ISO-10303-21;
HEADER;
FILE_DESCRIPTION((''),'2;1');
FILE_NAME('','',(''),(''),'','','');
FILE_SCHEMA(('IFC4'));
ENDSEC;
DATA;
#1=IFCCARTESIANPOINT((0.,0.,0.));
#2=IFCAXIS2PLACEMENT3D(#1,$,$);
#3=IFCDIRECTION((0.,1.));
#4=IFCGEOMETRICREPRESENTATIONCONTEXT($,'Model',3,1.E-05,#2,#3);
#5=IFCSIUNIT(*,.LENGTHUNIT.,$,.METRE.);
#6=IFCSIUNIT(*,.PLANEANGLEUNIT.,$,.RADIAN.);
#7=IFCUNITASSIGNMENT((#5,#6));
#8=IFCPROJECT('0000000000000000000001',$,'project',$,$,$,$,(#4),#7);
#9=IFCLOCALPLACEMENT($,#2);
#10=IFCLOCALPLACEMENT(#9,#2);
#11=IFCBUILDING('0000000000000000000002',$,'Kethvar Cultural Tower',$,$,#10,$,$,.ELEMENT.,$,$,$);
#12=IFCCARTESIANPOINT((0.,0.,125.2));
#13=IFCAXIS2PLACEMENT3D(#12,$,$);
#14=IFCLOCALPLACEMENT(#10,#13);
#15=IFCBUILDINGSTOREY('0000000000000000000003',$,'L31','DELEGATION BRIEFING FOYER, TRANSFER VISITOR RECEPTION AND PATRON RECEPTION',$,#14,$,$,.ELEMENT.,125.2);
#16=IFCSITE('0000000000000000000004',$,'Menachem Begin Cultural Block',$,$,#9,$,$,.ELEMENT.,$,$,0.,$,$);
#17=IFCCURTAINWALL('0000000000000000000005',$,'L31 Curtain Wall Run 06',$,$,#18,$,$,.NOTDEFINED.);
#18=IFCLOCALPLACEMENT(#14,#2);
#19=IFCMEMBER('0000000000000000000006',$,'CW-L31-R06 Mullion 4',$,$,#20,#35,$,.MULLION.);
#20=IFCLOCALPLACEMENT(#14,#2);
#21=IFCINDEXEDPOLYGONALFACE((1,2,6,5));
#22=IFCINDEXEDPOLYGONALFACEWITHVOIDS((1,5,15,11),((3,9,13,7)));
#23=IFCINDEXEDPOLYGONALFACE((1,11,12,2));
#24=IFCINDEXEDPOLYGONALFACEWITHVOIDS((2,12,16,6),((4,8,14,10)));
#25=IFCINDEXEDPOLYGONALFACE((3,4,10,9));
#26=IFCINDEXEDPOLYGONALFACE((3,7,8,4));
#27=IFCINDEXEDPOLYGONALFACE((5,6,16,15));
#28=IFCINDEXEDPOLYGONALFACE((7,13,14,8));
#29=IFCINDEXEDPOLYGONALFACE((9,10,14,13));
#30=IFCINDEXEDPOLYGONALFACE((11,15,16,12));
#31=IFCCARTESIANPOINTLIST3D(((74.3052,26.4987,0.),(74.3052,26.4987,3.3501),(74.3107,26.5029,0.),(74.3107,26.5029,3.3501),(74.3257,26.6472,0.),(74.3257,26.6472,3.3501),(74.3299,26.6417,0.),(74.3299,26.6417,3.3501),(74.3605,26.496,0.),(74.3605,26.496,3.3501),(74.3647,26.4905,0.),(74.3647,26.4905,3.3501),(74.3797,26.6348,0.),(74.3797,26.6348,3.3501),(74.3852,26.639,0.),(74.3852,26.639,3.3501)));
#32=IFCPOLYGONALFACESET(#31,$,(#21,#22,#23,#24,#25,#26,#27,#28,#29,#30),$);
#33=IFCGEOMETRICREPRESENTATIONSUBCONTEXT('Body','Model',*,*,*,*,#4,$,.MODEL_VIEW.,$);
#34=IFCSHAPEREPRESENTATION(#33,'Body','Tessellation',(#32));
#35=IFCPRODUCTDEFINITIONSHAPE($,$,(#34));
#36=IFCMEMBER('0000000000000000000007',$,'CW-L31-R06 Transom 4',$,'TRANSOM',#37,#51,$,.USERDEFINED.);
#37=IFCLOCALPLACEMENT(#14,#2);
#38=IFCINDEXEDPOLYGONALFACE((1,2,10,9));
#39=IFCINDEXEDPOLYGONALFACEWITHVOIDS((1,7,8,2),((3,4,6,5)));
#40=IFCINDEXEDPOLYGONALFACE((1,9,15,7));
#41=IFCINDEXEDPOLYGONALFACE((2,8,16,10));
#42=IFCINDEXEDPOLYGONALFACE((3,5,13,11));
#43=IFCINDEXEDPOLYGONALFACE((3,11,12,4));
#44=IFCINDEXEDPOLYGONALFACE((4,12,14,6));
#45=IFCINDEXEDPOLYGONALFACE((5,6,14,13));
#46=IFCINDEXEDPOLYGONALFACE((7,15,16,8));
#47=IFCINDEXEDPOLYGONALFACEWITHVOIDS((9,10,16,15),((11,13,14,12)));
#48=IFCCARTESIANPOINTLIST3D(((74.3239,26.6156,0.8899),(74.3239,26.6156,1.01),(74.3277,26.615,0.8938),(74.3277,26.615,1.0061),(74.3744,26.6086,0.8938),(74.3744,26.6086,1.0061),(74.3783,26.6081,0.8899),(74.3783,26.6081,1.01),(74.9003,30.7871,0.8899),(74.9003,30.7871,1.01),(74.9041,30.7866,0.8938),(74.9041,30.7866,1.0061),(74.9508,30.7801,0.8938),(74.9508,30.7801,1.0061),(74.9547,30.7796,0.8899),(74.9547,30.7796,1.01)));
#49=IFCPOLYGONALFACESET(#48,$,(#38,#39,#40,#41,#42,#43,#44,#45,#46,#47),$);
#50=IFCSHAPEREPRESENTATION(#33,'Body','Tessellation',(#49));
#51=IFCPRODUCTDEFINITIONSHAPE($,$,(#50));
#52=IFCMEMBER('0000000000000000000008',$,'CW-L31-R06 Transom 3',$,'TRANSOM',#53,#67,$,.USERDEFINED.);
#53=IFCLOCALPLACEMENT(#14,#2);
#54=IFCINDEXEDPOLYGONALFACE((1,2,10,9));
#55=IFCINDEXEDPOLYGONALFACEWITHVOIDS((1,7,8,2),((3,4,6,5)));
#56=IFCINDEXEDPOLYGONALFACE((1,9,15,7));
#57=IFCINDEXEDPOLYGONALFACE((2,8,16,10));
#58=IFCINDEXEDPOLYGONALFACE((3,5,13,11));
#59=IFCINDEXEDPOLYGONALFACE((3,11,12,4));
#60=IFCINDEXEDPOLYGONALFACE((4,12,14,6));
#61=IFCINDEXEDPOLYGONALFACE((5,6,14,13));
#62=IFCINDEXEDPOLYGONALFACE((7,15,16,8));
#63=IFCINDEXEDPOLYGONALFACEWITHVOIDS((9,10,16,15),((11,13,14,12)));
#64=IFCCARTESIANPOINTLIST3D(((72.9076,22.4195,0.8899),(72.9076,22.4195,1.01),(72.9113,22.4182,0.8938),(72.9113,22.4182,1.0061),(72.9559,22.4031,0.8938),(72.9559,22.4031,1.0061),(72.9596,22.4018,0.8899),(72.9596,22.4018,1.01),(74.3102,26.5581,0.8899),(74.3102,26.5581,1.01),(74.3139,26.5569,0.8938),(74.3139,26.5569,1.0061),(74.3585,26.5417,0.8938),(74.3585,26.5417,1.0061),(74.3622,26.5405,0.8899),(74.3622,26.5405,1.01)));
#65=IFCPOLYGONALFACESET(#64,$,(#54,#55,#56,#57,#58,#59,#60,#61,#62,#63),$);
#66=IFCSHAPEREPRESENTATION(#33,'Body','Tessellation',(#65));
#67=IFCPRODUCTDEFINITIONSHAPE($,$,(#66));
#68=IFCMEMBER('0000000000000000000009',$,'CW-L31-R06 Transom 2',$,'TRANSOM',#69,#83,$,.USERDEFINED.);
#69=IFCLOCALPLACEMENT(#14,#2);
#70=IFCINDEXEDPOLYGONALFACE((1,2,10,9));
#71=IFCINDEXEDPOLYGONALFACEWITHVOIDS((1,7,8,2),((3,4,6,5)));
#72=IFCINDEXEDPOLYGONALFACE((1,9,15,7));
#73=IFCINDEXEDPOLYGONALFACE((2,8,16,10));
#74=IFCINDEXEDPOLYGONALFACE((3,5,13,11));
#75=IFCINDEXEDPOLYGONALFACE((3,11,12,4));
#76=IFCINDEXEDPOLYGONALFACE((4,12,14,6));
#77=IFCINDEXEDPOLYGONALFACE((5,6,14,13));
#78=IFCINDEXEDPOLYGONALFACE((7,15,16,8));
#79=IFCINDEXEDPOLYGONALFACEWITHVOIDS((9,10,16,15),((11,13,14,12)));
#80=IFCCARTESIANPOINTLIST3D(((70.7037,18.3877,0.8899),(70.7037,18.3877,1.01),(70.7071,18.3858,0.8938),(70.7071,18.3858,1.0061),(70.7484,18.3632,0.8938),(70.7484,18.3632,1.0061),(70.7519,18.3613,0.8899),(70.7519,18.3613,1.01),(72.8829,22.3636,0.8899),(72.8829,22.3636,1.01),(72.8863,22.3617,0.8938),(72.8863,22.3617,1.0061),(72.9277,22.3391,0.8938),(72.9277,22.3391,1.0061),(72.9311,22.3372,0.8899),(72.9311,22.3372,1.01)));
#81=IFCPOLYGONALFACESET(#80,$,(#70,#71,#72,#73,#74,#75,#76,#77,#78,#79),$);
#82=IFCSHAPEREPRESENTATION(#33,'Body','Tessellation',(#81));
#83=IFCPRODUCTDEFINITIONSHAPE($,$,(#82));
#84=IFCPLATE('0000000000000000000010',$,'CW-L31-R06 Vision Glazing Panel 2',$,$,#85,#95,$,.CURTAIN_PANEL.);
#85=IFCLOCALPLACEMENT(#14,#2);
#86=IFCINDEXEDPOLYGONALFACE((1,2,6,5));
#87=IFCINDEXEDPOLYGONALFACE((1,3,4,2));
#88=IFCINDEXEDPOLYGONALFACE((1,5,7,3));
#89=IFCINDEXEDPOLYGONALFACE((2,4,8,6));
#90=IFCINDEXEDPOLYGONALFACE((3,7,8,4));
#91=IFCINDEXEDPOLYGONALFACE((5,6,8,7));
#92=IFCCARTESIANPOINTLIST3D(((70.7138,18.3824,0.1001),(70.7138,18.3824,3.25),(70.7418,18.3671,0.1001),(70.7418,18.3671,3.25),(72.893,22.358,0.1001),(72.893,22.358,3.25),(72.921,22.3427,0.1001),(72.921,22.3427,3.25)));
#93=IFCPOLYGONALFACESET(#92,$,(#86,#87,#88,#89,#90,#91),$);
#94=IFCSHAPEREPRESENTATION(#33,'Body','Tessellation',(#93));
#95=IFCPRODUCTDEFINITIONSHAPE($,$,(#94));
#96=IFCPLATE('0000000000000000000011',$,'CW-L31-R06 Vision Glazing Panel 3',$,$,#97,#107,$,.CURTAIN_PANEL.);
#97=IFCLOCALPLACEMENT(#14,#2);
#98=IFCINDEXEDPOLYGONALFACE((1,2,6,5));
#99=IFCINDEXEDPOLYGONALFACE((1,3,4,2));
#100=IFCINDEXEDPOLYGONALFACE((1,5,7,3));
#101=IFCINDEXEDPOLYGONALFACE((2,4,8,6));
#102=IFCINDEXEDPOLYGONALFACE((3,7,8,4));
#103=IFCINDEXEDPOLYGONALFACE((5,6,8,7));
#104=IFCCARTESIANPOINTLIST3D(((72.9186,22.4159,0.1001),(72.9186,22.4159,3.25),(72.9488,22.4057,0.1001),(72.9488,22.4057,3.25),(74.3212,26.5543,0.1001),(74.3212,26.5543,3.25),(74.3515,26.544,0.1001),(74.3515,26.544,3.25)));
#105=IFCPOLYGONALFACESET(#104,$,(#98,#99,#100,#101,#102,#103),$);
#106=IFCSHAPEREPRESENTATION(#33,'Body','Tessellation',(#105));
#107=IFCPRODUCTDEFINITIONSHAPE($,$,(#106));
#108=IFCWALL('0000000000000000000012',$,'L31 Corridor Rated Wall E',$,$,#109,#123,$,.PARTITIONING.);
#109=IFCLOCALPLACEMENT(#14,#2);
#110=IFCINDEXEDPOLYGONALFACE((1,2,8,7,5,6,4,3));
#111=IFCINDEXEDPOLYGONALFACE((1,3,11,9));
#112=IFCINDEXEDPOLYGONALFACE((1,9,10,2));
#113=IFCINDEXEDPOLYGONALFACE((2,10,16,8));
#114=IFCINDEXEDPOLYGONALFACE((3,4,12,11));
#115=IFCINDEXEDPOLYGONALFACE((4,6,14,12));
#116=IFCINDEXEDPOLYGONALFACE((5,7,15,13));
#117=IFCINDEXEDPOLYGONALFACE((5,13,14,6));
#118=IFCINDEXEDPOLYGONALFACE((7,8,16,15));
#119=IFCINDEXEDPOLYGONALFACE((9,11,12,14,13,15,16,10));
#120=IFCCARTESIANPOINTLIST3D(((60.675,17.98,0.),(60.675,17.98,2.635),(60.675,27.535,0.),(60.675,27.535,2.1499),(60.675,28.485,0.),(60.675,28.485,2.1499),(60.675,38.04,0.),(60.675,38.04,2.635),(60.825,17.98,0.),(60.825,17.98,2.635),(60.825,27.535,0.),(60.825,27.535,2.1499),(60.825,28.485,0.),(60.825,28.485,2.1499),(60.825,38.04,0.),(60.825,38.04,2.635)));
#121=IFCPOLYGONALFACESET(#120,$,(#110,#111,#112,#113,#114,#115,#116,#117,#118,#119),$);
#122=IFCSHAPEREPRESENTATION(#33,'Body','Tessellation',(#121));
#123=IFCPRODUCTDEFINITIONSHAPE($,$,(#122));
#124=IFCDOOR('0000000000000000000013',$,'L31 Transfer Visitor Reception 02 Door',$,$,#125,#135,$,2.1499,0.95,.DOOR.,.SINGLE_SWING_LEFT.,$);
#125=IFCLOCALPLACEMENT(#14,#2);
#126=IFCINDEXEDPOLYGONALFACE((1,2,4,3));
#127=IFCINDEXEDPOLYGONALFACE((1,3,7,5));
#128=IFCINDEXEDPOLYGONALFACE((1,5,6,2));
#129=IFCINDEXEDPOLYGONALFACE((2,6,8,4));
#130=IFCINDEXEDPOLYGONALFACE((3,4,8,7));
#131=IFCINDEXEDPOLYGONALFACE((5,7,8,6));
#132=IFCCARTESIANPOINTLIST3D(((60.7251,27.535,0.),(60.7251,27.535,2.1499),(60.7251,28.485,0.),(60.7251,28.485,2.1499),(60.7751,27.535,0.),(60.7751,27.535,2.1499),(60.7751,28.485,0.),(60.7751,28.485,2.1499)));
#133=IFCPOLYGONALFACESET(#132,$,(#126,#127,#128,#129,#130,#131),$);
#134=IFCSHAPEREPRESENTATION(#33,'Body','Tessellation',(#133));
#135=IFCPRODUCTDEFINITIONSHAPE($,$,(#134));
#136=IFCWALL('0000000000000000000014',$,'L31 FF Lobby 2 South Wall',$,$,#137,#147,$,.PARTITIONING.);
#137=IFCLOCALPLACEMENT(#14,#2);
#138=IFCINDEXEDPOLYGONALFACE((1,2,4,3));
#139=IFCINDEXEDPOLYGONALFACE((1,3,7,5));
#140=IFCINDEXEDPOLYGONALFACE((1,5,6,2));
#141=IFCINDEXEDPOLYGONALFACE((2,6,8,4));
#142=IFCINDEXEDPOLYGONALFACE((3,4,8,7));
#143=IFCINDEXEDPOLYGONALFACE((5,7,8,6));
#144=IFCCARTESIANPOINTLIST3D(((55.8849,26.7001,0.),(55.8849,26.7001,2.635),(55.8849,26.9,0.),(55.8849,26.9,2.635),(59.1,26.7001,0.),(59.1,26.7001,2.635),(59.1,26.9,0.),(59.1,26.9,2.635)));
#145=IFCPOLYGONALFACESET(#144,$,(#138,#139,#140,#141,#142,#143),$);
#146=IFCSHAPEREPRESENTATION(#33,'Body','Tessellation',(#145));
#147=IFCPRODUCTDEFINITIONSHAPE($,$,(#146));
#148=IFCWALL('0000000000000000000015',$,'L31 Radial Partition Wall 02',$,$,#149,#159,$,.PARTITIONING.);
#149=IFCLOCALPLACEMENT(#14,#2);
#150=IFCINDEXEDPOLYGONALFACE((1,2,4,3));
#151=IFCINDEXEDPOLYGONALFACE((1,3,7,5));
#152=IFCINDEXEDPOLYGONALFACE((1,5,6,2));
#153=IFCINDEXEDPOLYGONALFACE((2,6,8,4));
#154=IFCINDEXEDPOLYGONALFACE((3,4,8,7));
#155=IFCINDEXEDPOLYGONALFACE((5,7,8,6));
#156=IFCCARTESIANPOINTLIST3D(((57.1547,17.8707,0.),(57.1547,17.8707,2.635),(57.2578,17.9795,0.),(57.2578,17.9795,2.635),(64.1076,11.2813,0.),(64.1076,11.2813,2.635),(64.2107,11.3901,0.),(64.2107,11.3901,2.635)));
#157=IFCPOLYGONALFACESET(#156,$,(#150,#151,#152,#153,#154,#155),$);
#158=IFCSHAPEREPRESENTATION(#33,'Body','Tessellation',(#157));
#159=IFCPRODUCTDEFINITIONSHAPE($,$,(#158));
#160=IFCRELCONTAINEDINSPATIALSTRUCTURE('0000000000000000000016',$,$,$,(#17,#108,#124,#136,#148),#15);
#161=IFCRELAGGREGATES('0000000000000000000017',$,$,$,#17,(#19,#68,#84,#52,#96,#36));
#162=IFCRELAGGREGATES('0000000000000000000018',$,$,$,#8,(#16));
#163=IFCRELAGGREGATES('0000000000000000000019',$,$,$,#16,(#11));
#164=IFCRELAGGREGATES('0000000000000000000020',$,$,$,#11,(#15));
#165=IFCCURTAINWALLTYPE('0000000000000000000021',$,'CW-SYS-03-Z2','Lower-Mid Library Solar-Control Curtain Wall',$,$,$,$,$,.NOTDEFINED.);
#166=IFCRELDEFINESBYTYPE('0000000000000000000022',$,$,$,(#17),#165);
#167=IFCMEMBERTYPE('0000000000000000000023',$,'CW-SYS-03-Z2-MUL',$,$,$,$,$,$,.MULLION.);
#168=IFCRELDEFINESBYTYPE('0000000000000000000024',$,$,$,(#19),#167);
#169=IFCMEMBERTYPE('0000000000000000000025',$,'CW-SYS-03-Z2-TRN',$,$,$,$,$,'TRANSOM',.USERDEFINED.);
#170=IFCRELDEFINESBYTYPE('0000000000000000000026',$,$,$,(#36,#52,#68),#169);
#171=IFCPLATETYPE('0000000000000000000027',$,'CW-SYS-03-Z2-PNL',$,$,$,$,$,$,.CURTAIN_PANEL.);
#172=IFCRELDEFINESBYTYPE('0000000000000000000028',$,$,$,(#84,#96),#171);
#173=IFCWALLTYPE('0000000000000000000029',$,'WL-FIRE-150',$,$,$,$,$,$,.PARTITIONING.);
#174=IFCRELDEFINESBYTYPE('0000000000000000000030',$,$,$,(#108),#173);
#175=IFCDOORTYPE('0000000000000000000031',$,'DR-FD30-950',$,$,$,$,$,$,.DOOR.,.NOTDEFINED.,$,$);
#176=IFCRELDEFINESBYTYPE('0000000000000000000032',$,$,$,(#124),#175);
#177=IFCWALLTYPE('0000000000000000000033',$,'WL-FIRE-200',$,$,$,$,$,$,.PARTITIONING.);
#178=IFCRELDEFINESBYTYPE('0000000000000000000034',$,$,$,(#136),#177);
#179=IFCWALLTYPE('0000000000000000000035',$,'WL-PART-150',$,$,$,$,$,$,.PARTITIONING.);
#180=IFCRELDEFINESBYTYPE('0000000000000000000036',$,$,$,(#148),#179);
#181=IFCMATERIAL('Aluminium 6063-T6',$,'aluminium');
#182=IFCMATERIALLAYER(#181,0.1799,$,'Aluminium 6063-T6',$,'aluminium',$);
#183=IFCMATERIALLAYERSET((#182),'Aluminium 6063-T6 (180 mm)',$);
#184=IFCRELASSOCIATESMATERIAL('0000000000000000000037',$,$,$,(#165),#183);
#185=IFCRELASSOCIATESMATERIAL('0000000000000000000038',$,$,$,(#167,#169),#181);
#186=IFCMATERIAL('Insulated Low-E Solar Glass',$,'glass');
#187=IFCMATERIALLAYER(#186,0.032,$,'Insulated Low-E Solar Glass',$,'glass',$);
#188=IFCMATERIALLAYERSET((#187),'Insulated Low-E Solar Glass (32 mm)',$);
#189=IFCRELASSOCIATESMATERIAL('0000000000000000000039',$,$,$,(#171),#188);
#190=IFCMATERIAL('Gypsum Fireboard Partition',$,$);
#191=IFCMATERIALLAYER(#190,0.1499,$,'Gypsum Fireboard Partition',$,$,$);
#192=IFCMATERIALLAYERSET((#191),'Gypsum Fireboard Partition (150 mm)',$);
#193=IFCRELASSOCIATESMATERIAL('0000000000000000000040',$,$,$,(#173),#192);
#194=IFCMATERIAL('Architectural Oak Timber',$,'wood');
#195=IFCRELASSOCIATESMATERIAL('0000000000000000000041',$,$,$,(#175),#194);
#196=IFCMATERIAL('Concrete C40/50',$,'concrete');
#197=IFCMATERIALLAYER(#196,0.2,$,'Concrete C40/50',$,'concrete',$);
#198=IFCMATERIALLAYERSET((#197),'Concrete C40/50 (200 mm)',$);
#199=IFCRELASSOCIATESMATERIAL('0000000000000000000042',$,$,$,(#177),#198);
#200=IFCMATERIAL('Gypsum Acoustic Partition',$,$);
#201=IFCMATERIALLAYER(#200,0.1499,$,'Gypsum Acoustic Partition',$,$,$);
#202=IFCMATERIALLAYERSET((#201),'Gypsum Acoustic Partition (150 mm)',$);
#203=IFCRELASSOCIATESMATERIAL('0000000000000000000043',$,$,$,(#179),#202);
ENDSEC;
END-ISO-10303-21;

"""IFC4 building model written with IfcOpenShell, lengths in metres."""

from ifc_helpers import new_model, si_unit, direction, frame, frame_2d, origin, origin_2d, place, context, subcontext, project, spatial, rectangle, hollow_rectangle, extrude, source, transform, mapped, material, layer, layer_set, material_profile, profile_set, type_object, element, fill, aggregate, save


model = new_model("IFC4")

# Units and contexts
model_context = context("Model", 3, precision=1e-05, world=origin(), true_north=direction((0.0, 1.0)))
body_context = subcontext(model_context, "Body", "Model", "MODEL_VIEW")
ifc_project = project(units=[si_unit("LENGTHUNIT", "METRE"), si_unit("PLANEANGLEUNIT", "RADIAN")], contexts=[model_context])

# Site, building, storey
site_placement = place(None, origin())
site = spatial("IfcSite", under=ifc_project, at=site_placement, Name="Menachem Begin Cultural Block", CompositionType="ELEMENT", RefElevation=0.0)
building_placement = place(site_placement, origin())
building = spatial("IfcBuilding", under=site, at=building_placement, Name="Kethvar Cultural Tower", CompositionType="ELEMENT")
storey_placement = place(building_placement, frame((0.0, 0.0, 125.2)))
storey = spatial("IfcBuildingStorey", under=building, at=storey_placement, Name="L31", Description="DELEGATION BRIEFING FOYER, TRANSFER VISITOR RECEPTION AND PATRON RECEPTION", CompositionType="ELEMENT", Elevation=125.2)

# Curtain wall, members, plates
ifc_material_1 = material(Name="Aluminium 6063-T6", Category="aluminium")
ifc_layer_1 = layer(ifc_material_1, 0.1799, Name="Aluminium 6063-T6", Category="aluminium")
ifc_layer_set_1 = layer_set([ifc_layer_1], Name="Aluminium 6063-T6 (180 mm)")
curtain_wall_type = type_object("IfcCurtainWallType", Name="CW-SYS-03-Z2", Description="Lower-Mid Library Solar-Control Curtain Wall", PredefinedType="NOTDEFINED", material=ifc_layer_set_1)
curtain_wall_placement = place(storey_placement, origin())
curtain_wall = element("IfcCurtainWall", 1, at=curtain_wall_placement, inside=storey, type_object=curtain_wall_type, Name="L31 Curtain Wall Run 06", PredefinedType="NOTDEFINED")
ifc_material_profile_1 = material_profile(ifc_material_1, hollow_rectangle(XDim=0.0601, YDim=0.1499, WallThickness=0.0049, at=origin_2d()), Name="Aluminium 6063-T6 — RHS150x60x5")
ifc_profile_set_1 = profile_set([ifc_material_profile_1], Name="Aluminium 6063-T6 — RHS150x60x5")
member_type_1 = type_object("IfcMemberType", Name="CW-SYS-03-Z2-MUL", PredefinedType="MULLION", material=ifc_profile_set_1)
shared_shape_1 = source(origin(), body_context, "Body", "SweptSolid", [
    extrude(hollow_rectangle(XDim=0.0601, YDim=0.1499, WallThickness=0.0049, at=origin_2d()), origin(), (0.0, 0.0, 1.0), 3.3501),
])
member_1_placement = place(storey_placement, frame((74.3452, 26.5688, 0.0), z_axis=(0.0, 0.0, 1.0), x_axis=(-0.990593, 0.136839, 0.0)))
member_1 = element("IfcMember", 2, at=member_1_placement, type_object=member_type_1, Name="CW-L31-R06 Mullion 4", PredefinedType="MULLION", context=body_context, shape_type="MappedRepresentation", body=[
    mapped(shared_shape_1, transform((0.0, 0.0, 0.0), scale=1.0)),
])
ifc_material_profile_2 = material_profile(ifc_material_1, hollow_rectangle(XDim=0.0549, YDim=0.1201, WallThickness=0.0039, at=origin_2d()), Name="Aluminium 6063-T6 — RHS120x55x4")
ifc_profile_set_2 = profile_set([ifc_material_profile_2], Name="Aluminium 6063-T6 — RHS120x55x4")
member_type_2 = type_object("IfcMemberType", Name="CW-SYS-03-Z2-TRN", ElementType="TRANSOM", PredefinedType="USERDEFINED", material=ifc_profile_set_2)
shared_shape_2 = source(origin(), body_context, "Body", "SweptSolid", [
    extrude(hollow_rectangle(XDim=0.0549, YDim=0.1201, WallThickness=0.0039, at=origin_2d()), origin(), (0.0, 0.0, 1.0), 4.2112),
])
member_2_placement = place(storey_placement, frame((74.3511, 26.6118, 0.95), z_axis=(0.136875, 0.990588, 0.0), x_axis=(-0.990588, 0.136875, 0.0)))
member_2 = element("IfcMember", 3, at=member_2_placement, type_object=member_type_2, Name="CW-L31-R06 Transom 4", ObjectType="TRANSOM", PredefinedType="USERDEFINED", context=body_context, shape_type="MappedRepresentation", body=[
    mapped(shared_shape_2, transform((0.0, 0.0, 0.0), scale=1.0)),
])
shared_shape_3 = source(origin(), body_context, "Body", "SweptSolid", [
    extrude(hollow_rectangle(XDim=0.0549, YDim=0.1201, WallThickness=0.0039, at=origin_2d()), origin(), (0.0, 0.0, 1.0), 4.3699),
])
member_3_placement = place(storey_placement, frame((72.9336, 22.4106, 0.95), z_axis=(0.320967, 0.94709, 0.0), x_axis=(-0.94709, 0.320967, 0.0)))
member_3 = element("IfcMember", 4, at=member_3_placement, type_object=member_type_2, Name="CW-L31-R06 Transom 3", ObjectType="TRANSOM", PredefinedType="USERDEFINED", context=body_context, shape_type="MappedRepresentation", body=[
    mapped(shared_shape_3, transform((0.0, 0.0, 0.0), scale=1.0)),
])
shared_shape_4 = source(origin(), body_context, "Body", "SweptSolid", [
    extrude(hollow_rectangle(XDim=0.0549, YDim=0.1201, WallThickness=0.0039, at=origin_2d()), origin(), (0.0, 0.0, 1.0), 4.5339),
])
member_4_placement = place(storey_placement, frame((70.7278, 18.3745, 0.95), z_axis=(0.480647, 0.876914, 0.0), x_axis=(-0.876914, 0.480647, 0.0)))
member_4 = element("IfcMember", 5, at=member_4_placement, type_object=member_type_2, Name="CW-L31-R06 Transom 2", ObjectType="TRANSOM", PredefinedType="USERDEFINED", context=body_context, shape_type="MappedRepresentation", body=[
    mapped(shared_shape_4, transform((0.0, 0.0, 0.0), scale=1.0)),
])
ifc_material_2 = material(Name="Insulated Low-E Solar Glass", Category="glass")
ifc_layer_2 = layer(ifc_material_2, 0.032, Name="Insulated Low-E Solar Glass", Category="glass")
ifc_layer_set_2 = layer_set([ifc_layer_2], Name="Insulated Low-E Solar Glass (32 mm)")
plate_type = type_object("IfcPlateType", Name="CW-SYS-03-Z2-PNL", PredefinedType="CURTAIN_PANEL", material=ifc_layer_set_2)
shared_shape_5 = source(origin(), body_context, "Body", "SweptSolid", [
    extrude(rectangle(XDim=4.5337, YDim=0.032, at=origin_2d()), origin(), (0.0, 0.0, 1.0), 3.1499),
])
plate_1_placement = place(storey_placement, frame((71.8174, 20.3625, 0.1001), z_axis=(0.0, 0.0, 1.0), x_axis=(0.480667, 0.876903, 0.0)))
plate_1 = element("IfcPlate", 6, at=plate_1_placement, type_object=plate_type, Name="CW-L31-R06 Vision Glazing Panel 2", PredefinedType="CURTAIN_PANEL", context=body_context, shape_type="MappedRepresentation", body=[
    mapped(shared_shape_5, transform((0.0, 0.0, 0.0), scale=1.0)),
])
shared_shape_6 = source(origin(), body_context, "Body", "SweptSolid", [
    extrude(rectangle(XDim=4.3696, YDim=0.032, at=origin_2d()), origin(), (0.0, 0.0, 1.0), 3.1499),
])
plate_2_placement = place(storey_placement, frame((73.635, 24.48, 0.1001), z_axis=(0.0, 0.0, 1.0), x_axis=(0.320993, 0.947081, 0.0)))
plate_2 = element("IfcPlate", 7, at=plate_2_placement, type_object=plate_type, Name="CW-L31-R06 Vision Glazing Panel 3", PredefinedType="CURTAIN_PANEL", context=body_context, shape_type="MappedRepresentation", body=[
    mapped(shared_shape_6, transform((0.0, 0.0, 0.0), scale=1.0)),
])
aggregate(curtain_wall, [member_1, member_4, plate_1, member_3, plate_2, member_2])

# Wall, opening, door
ifc_material_3 = material(Name="Gypsum Fireboard Partition")
ifc_layer_3 = layer(ifc_material_3, 0.1499, Name="Gypsum Fireboard Partition")
ifc_layer_set_3 = layer_set([ifc_layer_3], Name="Gypsum Fireboard Partition (150 mm)")
wall_type_1 = type_object("IfcWallType", Name="WL-FIRE-150", PredefinedType="PARTITIONING", material=ifc_layer_set_3)
wall_1_placement = place(storey_placement, frame((60.75, 17.98, 0.0), z_axis=(0.0, 0.0, 1.0), x_axis=(0.0, 1.0, 0.0)))
wall_1 = element("IfcWall", 8, at=wall_1_placement, inside=storey, type_object=wall_type_1, Name="L31 Corridor Rated Wall E", PredefinedType="PARTITIONING", context=body_context, shape_type="SweptSolid", body=[
    extrude(rectangle(XDim=20.0601, YDim=0.1499, at=frame_2d((10.03, 0.0))), origin(), (0.0, 0.0, 1.0), 2.635),
])
opening_1_placement = place(wall_1_placement, frame((9.5549, 0.0, 0.0)))
opening_1 = element("IfcOpeningElement", 9, at=opening_1_placement, cuts=wall_1, PredefinedType="OPENING", context=body_context, shape_type="SweptSolid", body=[
    extrude(rectangle(XDim=0.95, YDim=2.1499, at=frame_2d((0.4751, 1.075))), frame((0.0, 0.085, 0.0), z_axis=(0.0, -1.0, 0.0), x_axis=(1.0, 0.0, 0.0)), (0.0, 0.0, 1.0), 0.1699),
])
ifc_material_4 = material(Name="Architectural Oak Timber", Category="wood")
door_type_1 = type_object("IfcDoorType", Name="DR-FD30-950", OperationType="NOTDEFINED", PredefinedType="DOOR", material=ifc_material_4)
shared_shape_7 = source(origin(), body_context, "Body", "SweptSolid", [
    extrude(rectangle(XDim=0.95, YDim=2.1499, at=frame_2d((0.4751, 1.075))), frame((0.0, 0.0249, 0.0), z_axis=(0.0, -1.0, 0.0), x_axis=(1.0, 0.0, 0.0)), (0.0, 0.0, 1.0), 0.05),
])
door_1_placement = place(opening_1_placement, origin())
door_1 = element("IfcDoor", 10, at=door_1_placement, inside=storey, type_object=door_type_1, Name="L31 Transfer Visitor Reception 02 Door", OperationType="SINGLE_SWING_LEFT", OverallHeight=2.1499, OverallWidth=0.95, PredefinedType="DOOR", context=body_context, shape_type="MappedRepresentation", body=[
    mapped(shared_shape_7, transform((0.0, 0.0, 0.0), scale=1.0)),
])
fill(opening_1, door_1)
ifc_material_5 = material(Name="Concrete C40/50", Category="concrete")
ifc_layer_4 = layer(ifc_material_5, 0.2, Name="Concrete C40/50", Category="concrete")
ifc_layer_set_4 = layer_set([ifc_layer_4], Name="Concrete C40/50 (200 mm)")
wall_type_2 = type_object("IfcWallType", Name="WL-FIRE-200", PredefinedType="PARTITIONING", material=ifc_layer_set_4)

# Walls
wall_2_placement = place(storey_placement, frame((55.885, 26.8, 0.0), z_axis=(0.0, 0.0, 1.0), x_axis=(1.0, 0.0, 0.0)))
element("IfcWall", 11, at=wall_2_placement, inside=storey, type_object=wall_type_2, Name="L31 FF Lobby 2 South Wall", PredefinedType="PARTITIONING", context=body_context, shape_type="SweptSolid", body=[
    extrude(rectangle(XDim=3.2151, YDim=0.2, at=frame_2d((1.6074, 0.0))), origin(), (0.0, 0.0, 1.0), 2.635),
])
ifc_material_6 = material(Name="Gypsum Acoustic Partition")
ifc_layer_5 = layer(ifc_material_6, 0.1499, Name="Gypsum Acoustic Partition")
ifc_layer_set_5 = layer_set([ifc_layer_5], Name="Gypsum Acoustic Partition (150 mm)")
wall_type_3 = type_object("IfcWallType", Name="WL-PART-150", PredefinedType="PARTITIONING", material=ifc_layer_set_5)
wall_3_placement = place(storey_placement, frame((57.2063, 17.925, 0.0), z_axis=(0.0, 0.0, 1.0), x_axis=(0.725827, -0.687878, 0.0)))
element("IfcWall", 12, at=wall_3_placement, inside=storey, type_object=wall_type_3, Name="L31 Radial Partition Wall 02", PredefinedType="PARTITIONING", context=body_context, shape_type="SweptSolid", body=[
    extrude(rectangle(XDim=9.5793, YDim=0.1499, at=frame_2d((4.7896, 0.0))), origin(), (0.0, 0.0, 1.0), 2.635),
])

save(model, "model.ifc")
